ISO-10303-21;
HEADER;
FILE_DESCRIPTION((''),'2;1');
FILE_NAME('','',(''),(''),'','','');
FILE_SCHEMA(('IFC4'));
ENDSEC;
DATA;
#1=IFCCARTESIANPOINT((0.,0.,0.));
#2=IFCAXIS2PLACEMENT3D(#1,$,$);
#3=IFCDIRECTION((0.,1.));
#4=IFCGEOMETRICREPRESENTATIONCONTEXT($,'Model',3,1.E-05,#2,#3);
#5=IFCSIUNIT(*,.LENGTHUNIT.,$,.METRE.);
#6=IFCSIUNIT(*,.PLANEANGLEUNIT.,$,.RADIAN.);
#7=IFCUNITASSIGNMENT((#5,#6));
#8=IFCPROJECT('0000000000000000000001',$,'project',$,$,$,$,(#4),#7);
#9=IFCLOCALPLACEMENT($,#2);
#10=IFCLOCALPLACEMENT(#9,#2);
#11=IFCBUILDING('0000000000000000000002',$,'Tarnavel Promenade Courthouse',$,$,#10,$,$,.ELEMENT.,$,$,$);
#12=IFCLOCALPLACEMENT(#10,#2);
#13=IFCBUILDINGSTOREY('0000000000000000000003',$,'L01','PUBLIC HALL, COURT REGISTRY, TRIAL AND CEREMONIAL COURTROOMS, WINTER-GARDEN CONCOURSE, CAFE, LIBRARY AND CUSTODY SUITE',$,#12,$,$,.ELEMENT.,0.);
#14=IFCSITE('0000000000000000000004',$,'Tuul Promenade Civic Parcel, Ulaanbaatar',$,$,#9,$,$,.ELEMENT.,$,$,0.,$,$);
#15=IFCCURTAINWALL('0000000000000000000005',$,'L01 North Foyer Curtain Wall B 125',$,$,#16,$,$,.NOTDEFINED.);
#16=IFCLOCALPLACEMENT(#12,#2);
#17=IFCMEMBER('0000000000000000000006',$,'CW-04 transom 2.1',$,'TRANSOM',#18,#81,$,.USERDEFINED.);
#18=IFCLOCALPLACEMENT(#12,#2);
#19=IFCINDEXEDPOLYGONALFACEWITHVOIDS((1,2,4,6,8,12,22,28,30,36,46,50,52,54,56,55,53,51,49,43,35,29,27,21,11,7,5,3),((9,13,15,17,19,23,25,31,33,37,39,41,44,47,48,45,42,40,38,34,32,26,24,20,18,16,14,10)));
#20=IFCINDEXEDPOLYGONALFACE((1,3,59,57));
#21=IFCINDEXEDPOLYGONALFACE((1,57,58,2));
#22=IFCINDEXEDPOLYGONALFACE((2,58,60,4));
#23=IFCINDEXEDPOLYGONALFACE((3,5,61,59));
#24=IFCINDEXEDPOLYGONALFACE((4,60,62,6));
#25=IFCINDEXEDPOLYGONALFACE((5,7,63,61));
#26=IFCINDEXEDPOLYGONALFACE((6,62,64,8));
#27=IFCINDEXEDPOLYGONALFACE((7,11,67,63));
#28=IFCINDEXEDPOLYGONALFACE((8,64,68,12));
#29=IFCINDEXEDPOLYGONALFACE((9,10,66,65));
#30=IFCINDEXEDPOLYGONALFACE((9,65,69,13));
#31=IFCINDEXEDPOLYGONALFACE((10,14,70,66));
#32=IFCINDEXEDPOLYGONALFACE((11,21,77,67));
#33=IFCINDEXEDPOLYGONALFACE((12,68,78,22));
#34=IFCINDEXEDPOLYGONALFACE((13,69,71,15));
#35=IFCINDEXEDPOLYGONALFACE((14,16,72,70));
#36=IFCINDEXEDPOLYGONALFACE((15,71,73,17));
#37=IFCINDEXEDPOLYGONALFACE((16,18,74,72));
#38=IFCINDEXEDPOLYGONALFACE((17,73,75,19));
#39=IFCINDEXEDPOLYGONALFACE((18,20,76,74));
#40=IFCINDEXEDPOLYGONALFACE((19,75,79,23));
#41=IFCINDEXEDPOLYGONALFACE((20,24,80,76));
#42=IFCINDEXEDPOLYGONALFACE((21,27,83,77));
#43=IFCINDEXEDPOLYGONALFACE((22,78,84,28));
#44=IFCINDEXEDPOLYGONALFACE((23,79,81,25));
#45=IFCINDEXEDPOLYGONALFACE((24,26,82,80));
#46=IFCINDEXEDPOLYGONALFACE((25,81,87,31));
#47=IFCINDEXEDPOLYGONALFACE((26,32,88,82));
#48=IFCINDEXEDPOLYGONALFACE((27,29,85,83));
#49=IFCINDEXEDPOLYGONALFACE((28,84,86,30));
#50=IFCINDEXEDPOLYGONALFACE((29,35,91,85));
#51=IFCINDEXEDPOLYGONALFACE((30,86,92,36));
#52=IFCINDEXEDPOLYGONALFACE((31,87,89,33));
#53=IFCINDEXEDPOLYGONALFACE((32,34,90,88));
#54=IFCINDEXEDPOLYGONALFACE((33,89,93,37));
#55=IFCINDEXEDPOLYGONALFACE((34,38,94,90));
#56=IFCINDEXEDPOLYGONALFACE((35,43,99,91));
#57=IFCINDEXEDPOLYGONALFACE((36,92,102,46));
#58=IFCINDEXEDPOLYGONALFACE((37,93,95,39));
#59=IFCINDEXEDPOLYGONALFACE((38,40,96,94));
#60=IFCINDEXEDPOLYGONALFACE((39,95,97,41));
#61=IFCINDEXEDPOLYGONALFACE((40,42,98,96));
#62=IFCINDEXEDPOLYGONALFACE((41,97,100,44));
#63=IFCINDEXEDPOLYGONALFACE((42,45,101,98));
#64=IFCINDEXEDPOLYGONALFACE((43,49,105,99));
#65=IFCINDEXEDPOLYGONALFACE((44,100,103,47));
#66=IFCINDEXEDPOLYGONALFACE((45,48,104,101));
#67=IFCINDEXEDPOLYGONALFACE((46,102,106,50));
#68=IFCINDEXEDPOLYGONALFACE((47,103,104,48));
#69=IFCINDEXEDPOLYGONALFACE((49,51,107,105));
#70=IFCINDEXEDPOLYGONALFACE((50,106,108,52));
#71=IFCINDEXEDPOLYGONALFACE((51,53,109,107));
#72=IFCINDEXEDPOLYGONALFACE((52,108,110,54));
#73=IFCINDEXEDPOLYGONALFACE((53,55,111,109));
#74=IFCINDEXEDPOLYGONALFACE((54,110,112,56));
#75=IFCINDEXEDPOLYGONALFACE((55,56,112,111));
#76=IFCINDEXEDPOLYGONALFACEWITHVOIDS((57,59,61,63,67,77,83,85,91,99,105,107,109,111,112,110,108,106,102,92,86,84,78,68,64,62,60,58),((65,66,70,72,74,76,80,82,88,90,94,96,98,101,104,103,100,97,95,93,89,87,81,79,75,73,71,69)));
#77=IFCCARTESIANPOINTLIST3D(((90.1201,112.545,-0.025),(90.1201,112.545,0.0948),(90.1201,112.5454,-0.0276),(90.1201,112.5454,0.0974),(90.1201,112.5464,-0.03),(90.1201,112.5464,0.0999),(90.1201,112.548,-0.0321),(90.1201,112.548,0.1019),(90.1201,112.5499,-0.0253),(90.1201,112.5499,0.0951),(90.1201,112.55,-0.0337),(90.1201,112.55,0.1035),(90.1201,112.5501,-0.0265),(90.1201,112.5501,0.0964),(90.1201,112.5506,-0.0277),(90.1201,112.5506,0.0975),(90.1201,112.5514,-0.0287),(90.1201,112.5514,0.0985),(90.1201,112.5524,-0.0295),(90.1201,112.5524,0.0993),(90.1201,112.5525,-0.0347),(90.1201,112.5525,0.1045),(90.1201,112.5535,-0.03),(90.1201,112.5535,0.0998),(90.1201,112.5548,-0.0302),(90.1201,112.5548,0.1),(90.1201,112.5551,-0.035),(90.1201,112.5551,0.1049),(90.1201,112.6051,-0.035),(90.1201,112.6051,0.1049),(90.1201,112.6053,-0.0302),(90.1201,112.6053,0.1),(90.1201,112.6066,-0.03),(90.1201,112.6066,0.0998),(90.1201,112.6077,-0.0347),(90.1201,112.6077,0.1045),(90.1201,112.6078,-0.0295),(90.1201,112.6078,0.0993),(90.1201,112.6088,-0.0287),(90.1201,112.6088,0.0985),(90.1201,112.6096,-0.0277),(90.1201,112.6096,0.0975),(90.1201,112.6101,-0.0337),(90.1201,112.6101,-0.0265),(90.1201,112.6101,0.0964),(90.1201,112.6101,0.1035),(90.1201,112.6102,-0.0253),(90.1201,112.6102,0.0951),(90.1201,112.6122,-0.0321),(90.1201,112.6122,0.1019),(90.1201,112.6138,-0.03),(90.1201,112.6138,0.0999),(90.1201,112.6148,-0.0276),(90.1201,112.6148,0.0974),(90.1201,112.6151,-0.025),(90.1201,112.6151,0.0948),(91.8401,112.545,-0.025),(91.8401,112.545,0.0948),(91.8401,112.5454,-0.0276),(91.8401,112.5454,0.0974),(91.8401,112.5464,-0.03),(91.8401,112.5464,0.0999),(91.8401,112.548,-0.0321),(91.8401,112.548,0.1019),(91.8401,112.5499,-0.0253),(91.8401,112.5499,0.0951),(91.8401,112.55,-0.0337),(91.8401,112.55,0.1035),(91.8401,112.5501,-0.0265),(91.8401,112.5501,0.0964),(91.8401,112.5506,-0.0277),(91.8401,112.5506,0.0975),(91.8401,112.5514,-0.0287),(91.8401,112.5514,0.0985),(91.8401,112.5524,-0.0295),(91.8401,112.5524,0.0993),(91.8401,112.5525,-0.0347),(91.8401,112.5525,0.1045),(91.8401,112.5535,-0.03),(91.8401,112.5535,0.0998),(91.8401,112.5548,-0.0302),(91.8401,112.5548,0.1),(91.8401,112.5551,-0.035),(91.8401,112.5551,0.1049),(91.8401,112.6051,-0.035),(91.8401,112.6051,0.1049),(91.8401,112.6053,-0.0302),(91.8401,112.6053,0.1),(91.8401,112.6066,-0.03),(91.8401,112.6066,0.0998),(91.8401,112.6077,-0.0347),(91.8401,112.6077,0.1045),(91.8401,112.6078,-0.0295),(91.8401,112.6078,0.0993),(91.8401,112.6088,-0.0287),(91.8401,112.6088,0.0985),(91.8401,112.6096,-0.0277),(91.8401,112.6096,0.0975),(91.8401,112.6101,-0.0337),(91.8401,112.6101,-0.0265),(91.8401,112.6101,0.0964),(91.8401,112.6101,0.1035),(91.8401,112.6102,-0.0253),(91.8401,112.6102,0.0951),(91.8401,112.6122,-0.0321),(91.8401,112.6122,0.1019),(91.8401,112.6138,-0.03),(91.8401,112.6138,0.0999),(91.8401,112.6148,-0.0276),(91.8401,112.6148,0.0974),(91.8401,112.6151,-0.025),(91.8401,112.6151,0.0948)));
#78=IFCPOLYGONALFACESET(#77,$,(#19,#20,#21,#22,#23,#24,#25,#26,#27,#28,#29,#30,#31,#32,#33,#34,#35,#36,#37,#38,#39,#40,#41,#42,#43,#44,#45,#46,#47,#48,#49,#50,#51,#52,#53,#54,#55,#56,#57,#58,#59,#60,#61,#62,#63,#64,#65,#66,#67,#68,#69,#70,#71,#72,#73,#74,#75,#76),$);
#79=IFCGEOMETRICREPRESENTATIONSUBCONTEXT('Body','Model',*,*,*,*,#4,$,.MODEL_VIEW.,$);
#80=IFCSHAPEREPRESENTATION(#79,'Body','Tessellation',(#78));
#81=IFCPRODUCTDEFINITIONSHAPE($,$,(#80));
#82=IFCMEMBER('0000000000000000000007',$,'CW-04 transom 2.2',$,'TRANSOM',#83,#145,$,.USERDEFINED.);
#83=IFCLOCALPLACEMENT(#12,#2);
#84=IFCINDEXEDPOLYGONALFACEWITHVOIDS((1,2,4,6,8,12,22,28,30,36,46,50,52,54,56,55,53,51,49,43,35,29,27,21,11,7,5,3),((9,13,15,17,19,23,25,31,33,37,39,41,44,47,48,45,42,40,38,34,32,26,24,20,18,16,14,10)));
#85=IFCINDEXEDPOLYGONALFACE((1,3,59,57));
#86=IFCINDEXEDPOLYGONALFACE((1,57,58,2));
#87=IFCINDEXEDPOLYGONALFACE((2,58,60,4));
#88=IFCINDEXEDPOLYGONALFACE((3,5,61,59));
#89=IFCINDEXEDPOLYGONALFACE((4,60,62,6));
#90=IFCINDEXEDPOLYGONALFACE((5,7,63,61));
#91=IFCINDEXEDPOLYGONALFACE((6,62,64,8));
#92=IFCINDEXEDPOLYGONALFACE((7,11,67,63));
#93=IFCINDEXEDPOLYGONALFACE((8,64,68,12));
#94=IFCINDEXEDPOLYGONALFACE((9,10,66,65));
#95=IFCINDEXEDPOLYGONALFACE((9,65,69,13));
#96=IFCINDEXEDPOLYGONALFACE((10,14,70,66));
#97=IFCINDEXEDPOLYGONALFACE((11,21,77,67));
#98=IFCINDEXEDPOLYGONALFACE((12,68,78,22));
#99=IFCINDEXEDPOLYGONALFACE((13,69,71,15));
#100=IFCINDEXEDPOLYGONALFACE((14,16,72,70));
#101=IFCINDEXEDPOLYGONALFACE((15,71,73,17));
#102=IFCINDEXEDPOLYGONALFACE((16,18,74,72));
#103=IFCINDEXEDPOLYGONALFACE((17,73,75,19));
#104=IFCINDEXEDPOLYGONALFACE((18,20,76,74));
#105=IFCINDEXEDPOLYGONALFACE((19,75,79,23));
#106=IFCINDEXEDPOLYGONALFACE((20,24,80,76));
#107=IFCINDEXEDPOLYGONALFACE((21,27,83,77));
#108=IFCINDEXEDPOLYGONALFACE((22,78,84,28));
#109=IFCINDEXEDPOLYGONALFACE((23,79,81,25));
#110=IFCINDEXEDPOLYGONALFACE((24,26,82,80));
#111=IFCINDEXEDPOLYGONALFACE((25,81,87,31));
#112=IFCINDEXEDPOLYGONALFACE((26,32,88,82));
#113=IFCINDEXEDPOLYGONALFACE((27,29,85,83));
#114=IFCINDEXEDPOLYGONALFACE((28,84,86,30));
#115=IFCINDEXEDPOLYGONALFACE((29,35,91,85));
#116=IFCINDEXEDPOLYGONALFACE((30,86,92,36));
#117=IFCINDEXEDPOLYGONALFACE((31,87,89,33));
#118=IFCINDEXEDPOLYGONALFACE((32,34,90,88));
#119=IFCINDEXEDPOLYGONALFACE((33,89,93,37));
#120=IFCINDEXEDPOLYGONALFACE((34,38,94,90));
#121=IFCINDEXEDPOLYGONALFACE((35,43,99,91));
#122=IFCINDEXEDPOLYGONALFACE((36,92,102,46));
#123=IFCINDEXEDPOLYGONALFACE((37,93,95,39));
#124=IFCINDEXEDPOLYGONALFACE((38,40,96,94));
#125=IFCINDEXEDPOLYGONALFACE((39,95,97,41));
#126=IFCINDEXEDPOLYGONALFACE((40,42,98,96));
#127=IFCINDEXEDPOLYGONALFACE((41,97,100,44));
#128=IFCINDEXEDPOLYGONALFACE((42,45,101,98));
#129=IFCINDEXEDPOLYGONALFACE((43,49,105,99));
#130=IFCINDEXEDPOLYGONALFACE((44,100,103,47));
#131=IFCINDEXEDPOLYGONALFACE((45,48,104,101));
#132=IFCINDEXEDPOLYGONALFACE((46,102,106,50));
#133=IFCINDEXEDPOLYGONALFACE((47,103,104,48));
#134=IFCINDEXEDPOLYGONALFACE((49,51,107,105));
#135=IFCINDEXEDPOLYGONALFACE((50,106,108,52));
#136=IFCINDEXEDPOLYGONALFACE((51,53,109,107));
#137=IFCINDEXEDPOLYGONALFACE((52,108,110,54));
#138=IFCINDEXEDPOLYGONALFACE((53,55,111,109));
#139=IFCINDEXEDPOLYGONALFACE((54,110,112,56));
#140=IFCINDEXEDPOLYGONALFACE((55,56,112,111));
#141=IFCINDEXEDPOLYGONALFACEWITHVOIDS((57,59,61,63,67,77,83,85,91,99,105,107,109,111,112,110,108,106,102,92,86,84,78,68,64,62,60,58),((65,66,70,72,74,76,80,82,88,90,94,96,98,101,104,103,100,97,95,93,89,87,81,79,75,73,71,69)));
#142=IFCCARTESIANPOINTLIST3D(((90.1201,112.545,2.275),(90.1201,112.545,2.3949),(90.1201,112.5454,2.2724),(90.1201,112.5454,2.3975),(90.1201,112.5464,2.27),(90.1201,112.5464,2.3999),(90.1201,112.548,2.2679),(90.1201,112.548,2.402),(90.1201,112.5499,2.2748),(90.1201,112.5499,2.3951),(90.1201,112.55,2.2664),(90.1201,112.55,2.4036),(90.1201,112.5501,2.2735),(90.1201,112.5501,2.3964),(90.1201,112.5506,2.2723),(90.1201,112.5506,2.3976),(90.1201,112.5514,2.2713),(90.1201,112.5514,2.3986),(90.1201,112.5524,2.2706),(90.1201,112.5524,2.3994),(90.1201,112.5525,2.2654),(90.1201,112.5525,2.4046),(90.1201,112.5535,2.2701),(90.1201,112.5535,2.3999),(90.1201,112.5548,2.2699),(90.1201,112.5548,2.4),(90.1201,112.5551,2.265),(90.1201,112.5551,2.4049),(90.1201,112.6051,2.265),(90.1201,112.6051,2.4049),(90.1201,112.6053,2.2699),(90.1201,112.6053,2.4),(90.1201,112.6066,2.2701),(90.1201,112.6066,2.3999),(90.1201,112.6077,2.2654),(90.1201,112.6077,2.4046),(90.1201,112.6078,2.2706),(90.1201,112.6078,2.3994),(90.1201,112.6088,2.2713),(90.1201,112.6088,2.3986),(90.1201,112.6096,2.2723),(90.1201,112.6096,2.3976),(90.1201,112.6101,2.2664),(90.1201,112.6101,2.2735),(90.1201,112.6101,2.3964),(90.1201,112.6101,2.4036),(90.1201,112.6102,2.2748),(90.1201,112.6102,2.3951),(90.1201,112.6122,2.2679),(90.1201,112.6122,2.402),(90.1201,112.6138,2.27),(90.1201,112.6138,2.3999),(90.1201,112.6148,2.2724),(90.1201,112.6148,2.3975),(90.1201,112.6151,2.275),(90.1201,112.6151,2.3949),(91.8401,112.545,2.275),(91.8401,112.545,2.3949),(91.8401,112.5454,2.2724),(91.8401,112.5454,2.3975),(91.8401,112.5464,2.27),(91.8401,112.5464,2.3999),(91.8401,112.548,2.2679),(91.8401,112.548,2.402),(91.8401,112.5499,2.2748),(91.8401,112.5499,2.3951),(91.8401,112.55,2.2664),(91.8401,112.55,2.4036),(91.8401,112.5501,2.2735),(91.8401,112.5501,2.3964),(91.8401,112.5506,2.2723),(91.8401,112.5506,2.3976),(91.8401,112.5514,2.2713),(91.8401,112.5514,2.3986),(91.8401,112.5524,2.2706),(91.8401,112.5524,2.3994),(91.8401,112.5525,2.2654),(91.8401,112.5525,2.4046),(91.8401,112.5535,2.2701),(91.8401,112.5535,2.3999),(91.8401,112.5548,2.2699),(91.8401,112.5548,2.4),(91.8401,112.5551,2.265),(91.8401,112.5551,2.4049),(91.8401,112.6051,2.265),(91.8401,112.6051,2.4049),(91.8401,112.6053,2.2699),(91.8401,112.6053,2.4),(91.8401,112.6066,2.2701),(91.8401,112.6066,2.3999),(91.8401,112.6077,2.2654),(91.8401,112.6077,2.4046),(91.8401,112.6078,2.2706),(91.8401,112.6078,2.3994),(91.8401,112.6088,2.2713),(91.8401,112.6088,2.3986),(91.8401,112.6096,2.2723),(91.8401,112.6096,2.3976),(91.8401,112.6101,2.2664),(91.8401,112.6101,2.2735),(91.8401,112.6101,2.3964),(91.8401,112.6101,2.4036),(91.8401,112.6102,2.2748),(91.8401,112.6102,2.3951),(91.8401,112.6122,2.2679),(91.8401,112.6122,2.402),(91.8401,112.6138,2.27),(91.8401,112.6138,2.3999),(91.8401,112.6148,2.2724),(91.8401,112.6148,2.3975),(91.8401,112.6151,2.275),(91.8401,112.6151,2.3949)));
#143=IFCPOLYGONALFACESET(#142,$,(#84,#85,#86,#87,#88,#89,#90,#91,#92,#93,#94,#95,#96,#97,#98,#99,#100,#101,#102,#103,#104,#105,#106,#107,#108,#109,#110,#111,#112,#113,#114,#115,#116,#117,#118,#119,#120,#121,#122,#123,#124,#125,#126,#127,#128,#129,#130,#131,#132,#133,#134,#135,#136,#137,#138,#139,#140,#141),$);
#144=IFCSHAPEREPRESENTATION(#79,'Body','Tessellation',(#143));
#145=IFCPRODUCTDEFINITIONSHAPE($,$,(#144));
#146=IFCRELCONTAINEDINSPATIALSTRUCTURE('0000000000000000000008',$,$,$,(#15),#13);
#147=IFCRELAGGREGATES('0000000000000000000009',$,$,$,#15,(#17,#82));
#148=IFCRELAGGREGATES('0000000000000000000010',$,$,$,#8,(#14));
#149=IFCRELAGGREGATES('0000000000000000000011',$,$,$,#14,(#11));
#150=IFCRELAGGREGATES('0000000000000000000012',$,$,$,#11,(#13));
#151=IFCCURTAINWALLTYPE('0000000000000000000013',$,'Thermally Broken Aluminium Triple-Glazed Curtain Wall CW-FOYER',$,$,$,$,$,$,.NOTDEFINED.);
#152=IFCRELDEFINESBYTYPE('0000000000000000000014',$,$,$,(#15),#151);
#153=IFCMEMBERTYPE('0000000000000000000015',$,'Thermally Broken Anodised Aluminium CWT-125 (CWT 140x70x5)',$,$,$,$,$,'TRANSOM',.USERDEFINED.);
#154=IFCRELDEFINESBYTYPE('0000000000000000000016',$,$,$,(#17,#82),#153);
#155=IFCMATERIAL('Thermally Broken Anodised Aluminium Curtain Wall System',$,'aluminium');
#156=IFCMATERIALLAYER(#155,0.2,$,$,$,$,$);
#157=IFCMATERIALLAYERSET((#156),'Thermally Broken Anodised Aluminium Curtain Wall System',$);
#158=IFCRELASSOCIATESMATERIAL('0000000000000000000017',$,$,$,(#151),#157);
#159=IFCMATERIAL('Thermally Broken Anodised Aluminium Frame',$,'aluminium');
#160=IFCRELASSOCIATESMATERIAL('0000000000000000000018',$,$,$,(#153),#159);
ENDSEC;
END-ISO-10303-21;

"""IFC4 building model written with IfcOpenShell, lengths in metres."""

from ifc_helpers import new_model, si_unit, direction, frame, origin, origin_2d, place, context, subcontext, project, spatial, hollow_rectangle, extrude, material, layer, layer_set, material_profile, profile_set, type_object, element, aggregate, save


model = new_model("IFC4")

# Units and contexts
model_context = context("Model", 3, precision=1e-05, world=origin(), true_north=direction((0.0, 1.0)))
body_context = subcontext(model_context, "Body", "Model", "MODEL_VIEW")
ifc_project = project(units=[si_unit("LENGTHUNIT", "METRE"), si_unit("PLANEANGLEUNIT", "RADIAN")], contexts=[model_context])

# Site, building, storey
site_placement = place(None, origin())
site = spatial("IfcSite", under=ifc_project, at=site_placement, Name="Tuul Promenade Civic Parcel, Ulaanbaatar", CompositionType="ELEMENT", RefElevation=0.0)
building_placement = place(site_placement, origin())
building = spatial("IfcBuilding", under=site, at=building_placement, Name="Tarnavel Promenade Courthouse", CompositionType="ELEMENT")
storey_placement = place(building_placement, origin())
storey = spatial("IfcBuildingStorey", under=building, at=storey_placement, Name="L01", Description="PUBLIC HALL, COURT REGISTRY, TRIAL AND CEREMONIAL COURTROOMS, WINTER-GARDEN CONCOURSE, CAFE, LIBRARY AND CUSTODY SUITE", CompositionType="ELEMENT", Elevation=0.0)

# Curtain wall
ifc_material_1 = material(Name="Thermally Broken Anodised Aluminium Curtain Wall System", Category="aluminium")
ifc_layer_1 = layer(ifc_material_1, 0.2)
ifc_layer_set_1 = layer_set([ifc_layer_1], Name="Thermally Broken Anodised Aluminium Curtain Wall System")
curtain_wall_type = type_object("IfcCurtainWallType", Name="Thermally Broken Aluminium Triple-Glazed Curtain Wall CW-FOYER", PredefinedType="NOTDEFINED", material=ifc_layer_set_1)
ifc_material_2 = material(Name="Thermally Broken Anodised Aluminium Frame", Category="aluminium")
curtain_wall_1_placement = place(storey_placement, origin())
curtain_wall_1 = element("IfcCurtainWall", 1, at=curtain_wall_1_placement, inside=storey, type_object=curtain_wall_type, Name="L01 North Foyer Curtain Wall B 125", PredefinedType="NOTDEFINED")

# Members
ifc_material_profile_1 = material_profile(ifc_material_2, hollow_rectangle(XDim=0.0701, YDim=0.1399, WallThickness=0.0049, InnerFilletRadius=0.0049, OuterFilletRadius=0.01, at=origin_2d()), Name="CWT 140x70x5")
ifc_profile_set_1 = profile_set([ifc_material_profile_1], Name="Thermally Broken Anodised Aluminium Frame")
member_type_1 = type_object("IfcMemberType", Name="Thermally Broken Anodised Aluminium CWT-125 (CWT 140x70x5)", ElementType="TRANSOM", PredefinedType="USERDEFINED", material=ifc_profile_set_1)
member_1_placement = place(storey_placement, frame((90.1201, 112.5801, 0.0349), z_axis=(1.0, 0.0, 0.0), x_axis=(0.0, 1.0, 0.0)))
member_1 = element("IfcMember", 2, at=member_1_placement, type_object=member_type_1, Name="CW-04 transom 2.1", ObjectType="TRANSOM", PredefinedType="USERDEFINED", context=body_context, shape_type="SweptSolid", body=[
    extrude(hollow_rectangle(XDim=0.0701, YDim=0.1399, WallThickness=0.0049, InnerFilletRadius=0.0049, OuterFilletRadius=0.01, at=origin_2d()), origin(), (0.0, 0.0, 1.0), 1.72),
])
member_2_placement = place(storey_placement, frame((90.1201, 112.5801, 2.335), z_axis=(1.0, 0.0, 0.0), x_axis=(0.0, 1.0, 0.0)))
member_2 = element("IfcMember", 3, at=member_2_placement, type_object=member_type_1, Name="CW-04 transom 2.2", ObjectType="TRANSOM", PredefinedType="USERDEFINED", context=body_context, shape_type="SweptSolid", body=[
    extrude(hollow_rectangle(XDim=0.0701, YDim=0.1399, WallThickness=0.0049, InnerFilletRadius=0.0049, OuterFilletRadius=0.01, at=origin_2d()), origin(), (0.0, 0.0, 1.0), 1.72),
])

aggregate(curtain_wall_1, [member_1, member_2])

save(model, "model.ifc")
